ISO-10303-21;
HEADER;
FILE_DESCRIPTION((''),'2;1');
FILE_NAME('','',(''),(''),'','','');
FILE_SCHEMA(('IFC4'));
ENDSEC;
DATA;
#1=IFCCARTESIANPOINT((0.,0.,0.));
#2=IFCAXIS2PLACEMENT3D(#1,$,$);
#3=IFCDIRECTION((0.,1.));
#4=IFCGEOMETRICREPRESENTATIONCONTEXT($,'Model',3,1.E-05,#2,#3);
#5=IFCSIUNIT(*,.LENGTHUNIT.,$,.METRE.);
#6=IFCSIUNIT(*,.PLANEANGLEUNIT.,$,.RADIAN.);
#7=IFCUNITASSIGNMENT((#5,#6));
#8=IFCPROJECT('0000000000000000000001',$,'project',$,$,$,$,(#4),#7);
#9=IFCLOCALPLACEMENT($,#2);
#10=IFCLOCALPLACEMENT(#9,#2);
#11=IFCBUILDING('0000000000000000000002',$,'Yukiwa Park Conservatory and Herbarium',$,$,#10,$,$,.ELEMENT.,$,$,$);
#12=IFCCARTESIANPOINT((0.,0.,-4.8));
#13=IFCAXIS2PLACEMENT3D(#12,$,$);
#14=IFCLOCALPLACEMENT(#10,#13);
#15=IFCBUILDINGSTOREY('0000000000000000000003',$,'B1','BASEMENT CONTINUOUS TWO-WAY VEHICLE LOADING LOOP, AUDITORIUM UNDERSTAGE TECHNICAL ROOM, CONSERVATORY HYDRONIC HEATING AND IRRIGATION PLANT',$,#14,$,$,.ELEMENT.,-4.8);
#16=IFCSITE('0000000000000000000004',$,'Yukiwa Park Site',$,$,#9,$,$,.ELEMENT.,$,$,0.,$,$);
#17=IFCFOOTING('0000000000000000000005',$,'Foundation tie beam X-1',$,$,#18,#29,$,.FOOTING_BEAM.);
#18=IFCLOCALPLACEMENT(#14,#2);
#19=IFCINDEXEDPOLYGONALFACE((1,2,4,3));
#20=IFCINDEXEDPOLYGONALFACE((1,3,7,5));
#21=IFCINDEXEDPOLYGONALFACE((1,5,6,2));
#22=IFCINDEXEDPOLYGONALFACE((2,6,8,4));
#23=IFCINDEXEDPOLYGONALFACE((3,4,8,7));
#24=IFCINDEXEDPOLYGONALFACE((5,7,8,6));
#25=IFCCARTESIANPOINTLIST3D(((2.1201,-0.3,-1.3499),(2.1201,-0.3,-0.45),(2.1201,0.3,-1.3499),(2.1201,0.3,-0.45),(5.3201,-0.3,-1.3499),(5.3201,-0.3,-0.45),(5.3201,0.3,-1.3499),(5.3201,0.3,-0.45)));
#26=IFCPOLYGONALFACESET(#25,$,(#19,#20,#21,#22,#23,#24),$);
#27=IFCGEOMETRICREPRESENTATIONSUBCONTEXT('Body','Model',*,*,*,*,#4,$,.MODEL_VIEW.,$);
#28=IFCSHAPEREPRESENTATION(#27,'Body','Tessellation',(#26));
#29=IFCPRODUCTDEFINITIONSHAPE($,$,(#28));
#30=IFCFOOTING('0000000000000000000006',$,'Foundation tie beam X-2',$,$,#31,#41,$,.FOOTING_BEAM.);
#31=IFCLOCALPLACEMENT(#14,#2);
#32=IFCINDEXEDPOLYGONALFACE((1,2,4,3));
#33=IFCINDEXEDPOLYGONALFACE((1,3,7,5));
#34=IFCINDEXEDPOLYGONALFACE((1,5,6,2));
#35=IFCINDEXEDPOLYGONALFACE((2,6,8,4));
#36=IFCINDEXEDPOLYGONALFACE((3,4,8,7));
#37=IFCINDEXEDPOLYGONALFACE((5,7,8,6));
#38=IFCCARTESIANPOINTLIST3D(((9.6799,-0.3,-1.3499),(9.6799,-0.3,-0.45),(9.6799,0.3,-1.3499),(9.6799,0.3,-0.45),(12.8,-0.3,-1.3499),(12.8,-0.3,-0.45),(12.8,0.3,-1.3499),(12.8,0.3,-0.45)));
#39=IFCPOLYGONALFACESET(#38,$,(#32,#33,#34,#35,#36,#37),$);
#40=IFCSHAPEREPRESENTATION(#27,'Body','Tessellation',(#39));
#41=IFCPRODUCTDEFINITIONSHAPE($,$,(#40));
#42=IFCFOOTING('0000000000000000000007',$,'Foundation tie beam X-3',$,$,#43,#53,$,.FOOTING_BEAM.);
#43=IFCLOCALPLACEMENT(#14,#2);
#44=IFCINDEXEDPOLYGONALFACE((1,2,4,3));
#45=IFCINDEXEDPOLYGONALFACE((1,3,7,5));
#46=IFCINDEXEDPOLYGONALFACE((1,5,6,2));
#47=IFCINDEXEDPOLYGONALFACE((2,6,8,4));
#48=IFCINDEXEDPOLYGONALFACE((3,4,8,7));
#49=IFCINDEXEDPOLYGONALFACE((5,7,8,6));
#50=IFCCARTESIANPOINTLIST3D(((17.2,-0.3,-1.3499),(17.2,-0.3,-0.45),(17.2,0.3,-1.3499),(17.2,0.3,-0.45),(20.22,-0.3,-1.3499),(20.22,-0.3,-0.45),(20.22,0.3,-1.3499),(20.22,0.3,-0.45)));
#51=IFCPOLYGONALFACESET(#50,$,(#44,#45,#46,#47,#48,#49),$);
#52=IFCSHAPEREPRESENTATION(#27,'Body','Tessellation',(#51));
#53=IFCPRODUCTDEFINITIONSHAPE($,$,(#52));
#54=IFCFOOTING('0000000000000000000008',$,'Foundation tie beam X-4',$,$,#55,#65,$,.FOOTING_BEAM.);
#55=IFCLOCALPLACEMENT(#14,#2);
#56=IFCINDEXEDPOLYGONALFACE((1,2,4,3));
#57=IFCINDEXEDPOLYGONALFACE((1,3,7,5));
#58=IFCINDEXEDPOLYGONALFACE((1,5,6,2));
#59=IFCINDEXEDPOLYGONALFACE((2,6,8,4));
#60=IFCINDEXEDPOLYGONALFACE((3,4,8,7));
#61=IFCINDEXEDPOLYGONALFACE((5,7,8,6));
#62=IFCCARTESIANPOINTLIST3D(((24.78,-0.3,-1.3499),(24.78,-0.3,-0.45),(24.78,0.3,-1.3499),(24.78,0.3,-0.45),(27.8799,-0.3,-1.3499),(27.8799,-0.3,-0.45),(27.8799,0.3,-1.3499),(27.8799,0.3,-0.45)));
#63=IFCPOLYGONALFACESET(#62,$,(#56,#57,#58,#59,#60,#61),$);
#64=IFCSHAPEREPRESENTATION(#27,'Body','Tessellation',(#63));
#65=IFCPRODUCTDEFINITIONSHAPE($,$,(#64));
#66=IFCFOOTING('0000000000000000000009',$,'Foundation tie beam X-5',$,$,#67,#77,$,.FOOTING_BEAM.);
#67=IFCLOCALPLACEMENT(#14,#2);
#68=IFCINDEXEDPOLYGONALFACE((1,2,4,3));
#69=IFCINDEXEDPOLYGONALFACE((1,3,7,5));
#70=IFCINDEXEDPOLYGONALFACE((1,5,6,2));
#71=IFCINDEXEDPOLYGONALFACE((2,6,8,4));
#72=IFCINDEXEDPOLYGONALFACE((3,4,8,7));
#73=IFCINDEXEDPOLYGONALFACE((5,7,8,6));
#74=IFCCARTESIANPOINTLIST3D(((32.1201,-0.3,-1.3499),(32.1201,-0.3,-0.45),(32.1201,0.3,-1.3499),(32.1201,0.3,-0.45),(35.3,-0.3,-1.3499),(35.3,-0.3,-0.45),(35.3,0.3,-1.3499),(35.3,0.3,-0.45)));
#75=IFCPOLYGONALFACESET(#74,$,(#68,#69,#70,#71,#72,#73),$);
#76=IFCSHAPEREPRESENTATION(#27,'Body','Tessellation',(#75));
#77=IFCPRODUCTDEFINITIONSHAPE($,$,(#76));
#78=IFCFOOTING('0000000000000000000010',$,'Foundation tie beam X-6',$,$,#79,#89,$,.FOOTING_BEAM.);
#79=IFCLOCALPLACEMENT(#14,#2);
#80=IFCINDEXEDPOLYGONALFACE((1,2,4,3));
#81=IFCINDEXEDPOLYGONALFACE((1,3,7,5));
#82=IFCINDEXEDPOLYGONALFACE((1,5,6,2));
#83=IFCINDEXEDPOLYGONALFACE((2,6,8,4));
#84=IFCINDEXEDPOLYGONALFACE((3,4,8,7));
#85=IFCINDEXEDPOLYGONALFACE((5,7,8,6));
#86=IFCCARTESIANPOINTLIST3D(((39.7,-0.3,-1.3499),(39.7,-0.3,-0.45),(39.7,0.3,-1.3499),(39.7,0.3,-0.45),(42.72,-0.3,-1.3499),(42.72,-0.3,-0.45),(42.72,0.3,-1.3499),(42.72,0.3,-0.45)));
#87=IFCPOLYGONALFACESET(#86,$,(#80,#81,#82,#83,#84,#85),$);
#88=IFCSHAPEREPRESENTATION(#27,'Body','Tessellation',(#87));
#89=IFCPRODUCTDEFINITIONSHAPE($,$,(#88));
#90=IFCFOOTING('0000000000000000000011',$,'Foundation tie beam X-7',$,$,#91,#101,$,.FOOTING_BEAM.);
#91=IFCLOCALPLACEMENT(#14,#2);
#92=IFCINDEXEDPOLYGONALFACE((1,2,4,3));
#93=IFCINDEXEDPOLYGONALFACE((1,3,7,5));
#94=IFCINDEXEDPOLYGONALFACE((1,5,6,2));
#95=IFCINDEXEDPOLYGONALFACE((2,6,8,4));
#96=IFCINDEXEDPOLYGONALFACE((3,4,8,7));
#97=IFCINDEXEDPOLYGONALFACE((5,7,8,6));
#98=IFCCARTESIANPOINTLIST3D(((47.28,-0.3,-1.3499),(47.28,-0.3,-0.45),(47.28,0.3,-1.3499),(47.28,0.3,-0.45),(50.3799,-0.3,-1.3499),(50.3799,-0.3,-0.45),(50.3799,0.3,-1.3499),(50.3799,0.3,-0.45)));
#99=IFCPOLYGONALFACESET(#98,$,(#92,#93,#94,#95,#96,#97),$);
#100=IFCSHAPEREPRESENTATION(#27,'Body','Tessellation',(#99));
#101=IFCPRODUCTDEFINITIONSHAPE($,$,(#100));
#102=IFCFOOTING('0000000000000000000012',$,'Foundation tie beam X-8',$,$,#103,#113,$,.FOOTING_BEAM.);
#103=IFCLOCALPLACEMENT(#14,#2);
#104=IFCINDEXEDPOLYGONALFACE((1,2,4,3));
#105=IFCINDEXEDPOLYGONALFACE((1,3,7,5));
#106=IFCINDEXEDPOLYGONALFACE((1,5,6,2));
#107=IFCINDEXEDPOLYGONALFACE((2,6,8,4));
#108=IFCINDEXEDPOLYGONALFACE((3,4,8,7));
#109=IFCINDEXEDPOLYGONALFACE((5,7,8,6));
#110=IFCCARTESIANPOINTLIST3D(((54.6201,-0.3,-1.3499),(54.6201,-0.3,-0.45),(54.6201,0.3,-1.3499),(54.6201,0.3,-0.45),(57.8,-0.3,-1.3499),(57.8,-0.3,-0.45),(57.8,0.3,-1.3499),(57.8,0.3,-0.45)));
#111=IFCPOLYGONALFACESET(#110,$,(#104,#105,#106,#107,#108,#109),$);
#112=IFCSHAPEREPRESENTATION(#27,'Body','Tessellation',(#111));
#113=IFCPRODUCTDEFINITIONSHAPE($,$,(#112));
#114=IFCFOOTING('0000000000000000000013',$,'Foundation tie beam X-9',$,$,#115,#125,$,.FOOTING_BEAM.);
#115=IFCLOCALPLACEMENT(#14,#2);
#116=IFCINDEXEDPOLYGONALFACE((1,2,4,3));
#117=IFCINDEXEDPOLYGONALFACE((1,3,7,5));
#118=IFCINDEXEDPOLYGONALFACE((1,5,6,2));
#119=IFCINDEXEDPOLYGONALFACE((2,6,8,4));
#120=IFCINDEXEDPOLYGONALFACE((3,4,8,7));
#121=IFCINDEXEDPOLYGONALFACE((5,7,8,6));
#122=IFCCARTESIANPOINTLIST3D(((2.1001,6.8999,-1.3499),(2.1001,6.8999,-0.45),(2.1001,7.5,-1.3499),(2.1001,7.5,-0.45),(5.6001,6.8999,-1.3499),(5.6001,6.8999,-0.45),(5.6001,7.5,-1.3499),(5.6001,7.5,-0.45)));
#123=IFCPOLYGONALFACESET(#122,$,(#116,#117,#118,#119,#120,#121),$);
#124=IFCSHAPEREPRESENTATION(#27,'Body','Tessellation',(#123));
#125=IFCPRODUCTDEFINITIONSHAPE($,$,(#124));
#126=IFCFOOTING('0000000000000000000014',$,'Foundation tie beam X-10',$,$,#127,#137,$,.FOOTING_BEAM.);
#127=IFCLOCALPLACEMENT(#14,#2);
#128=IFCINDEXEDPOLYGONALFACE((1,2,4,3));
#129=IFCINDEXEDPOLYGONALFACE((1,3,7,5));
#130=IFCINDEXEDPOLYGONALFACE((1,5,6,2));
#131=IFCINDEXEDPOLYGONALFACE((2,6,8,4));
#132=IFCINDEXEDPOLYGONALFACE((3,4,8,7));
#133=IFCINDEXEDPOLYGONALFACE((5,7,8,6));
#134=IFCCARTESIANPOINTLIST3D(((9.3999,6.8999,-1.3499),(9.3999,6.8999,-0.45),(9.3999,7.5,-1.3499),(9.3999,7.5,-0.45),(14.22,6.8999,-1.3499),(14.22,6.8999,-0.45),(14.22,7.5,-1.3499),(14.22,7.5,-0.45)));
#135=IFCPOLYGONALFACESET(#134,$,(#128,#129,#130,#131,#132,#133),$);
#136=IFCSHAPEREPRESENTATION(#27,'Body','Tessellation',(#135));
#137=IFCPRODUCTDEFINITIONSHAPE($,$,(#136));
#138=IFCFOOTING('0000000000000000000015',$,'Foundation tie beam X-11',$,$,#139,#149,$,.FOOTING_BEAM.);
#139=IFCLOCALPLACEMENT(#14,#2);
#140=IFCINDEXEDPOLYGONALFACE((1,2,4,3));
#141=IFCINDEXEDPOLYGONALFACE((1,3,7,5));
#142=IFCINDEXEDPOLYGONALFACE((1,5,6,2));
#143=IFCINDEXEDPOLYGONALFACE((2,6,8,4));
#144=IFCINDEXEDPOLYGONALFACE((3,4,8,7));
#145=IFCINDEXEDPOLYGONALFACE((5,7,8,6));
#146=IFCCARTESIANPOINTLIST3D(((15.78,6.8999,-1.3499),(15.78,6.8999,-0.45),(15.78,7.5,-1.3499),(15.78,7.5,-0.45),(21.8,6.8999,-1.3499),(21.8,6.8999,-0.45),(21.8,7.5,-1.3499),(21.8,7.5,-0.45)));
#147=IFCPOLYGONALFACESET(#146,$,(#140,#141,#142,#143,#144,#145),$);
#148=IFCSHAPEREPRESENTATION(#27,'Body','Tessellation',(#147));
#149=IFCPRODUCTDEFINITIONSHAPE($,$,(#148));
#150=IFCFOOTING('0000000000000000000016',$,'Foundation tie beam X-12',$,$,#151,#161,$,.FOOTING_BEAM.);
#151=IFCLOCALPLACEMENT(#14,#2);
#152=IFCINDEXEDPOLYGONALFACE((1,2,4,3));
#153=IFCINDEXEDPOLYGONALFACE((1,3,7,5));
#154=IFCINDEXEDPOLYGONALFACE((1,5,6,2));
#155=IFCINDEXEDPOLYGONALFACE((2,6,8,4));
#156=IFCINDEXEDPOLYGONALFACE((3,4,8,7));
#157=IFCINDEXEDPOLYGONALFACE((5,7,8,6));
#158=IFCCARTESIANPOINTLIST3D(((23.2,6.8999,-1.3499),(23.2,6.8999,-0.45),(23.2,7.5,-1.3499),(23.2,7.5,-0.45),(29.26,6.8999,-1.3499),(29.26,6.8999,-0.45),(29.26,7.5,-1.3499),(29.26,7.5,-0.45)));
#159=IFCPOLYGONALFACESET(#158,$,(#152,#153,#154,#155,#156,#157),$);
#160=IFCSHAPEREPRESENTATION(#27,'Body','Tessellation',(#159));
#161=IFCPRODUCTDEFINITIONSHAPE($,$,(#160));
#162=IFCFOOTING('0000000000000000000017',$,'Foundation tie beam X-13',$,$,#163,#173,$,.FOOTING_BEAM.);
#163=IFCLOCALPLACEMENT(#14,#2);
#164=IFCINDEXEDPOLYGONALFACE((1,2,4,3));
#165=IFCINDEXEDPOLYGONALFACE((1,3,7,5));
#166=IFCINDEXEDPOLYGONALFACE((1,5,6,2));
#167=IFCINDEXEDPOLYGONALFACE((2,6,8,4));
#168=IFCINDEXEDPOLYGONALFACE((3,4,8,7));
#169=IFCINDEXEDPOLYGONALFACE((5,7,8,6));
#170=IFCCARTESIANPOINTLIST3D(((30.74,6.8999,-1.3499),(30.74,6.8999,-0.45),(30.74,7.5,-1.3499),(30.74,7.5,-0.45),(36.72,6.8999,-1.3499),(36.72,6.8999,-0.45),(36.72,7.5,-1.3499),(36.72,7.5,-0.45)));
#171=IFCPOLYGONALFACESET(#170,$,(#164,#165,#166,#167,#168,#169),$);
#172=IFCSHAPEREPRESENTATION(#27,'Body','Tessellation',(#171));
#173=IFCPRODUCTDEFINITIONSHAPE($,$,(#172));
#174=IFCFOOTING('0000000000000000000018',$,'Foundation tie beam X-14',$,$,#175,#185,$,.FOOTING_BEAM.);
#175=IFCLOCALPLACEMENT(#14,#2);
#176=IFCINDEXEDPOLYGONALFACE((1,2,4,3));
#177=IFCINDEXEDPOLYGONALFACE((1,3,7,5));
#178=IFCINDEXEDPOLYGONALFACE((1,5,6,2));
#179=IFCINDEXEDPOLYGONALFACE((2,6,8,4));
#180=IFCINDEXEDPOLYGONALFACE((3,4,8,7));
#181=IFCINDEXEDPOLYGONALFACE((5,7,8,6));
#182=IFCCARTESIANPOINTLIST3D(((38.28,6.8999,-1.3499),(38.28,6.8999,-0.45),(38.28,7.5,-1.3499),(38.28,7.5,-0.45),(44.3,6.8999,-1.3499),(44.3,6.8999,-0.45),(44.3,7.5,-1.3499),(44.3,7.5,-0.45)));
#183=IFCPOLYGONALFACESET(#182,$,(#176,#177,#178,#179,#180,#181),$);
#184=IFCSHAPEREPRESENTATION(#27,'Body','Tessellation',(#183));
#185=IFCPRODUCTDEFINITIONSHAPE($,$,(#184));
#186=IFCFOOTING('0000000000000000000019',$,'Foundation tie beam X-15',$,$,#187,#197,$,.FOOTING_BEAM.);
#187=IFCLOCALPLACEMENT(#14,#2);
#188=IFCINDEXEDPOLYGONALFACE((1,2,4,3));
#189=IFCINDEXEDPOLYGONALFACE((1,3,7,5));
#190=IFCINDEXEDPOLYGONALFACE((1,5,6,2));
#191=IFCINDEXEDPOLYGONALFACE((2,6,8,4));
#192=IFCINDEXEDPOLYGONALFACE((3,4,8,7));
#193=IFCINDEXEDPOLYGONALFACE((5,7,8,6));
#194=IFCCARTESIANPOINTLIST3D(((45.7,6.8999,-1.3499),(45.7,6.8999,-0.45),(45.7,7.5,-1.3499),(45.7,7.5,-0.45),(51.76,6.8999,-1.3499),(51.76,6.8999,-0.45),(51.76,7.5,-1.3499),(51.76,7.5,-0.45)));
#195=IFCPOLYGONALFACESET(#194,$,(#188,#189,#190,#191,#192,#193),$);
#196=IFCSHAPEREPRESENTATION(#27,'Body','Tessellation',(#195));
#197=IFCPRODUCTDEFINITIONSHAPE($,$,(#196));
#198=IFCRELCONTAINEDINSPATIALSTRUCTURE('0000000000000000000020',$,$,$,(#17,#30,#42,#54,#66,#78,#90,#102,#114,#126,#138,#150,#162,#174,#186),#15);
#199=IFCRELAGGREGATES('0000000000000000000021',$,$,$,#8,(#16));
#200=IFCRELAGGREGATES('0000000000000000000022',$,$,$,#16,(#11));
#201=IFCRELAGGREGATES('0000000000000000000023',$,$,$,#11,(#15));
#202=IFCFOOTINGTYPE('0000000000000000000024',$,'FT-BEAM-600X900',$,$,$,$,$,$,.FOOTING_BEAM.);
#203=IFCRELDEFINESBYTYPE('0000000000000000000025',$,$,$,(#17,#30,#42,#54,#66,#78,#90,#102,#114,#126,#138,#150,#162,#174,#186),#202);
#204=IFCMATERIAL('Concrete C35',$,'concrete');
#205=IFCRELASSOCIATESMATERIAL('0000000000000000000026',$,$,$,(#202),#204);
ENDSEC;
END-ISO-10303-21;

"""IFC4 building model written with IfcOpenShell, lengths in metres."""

from ifc_helpers import new_model, si_unit, direction, frame, origin, place, context, subcontext, project, spatial, polyline, outline, extrude, material, type_object, element, save


model = new_model("IFC4")

# Units and contexts
model_context = context("Model", 3, precision=1e-05, world=origin(), true_north=direction((0.0, 1.0)))
body_context = subcontext(model_context, "Body", "Model", "MODEL_VIEW")
ifc_project = project(units=[si_unit("LENGTHUNIT", "METRE"), si_unit("PLANEANGLEUNIT", "RADIAN")], contexts=[model_context])

# Site, building, storey
site_placement = place(None, origin())
site = spatial("IfcSite", under=ifc_project, at=site_placement, Name="Yukiwa Park Site", CompositionType="ELEMENT", RefElevation=0.0)
building_placement = place(site_placement, origin())
building = spatial("IfcBuilding", under=site, at=building_placement, Name="Yukiwa Park Conservatory and Herbarium", CompositionType="ELEMENT")
storey_placement = place(building_placement, frame((0.0, 0.0, -4.8)))
storey = spatial("IfcBuildingStorey", under=building, at=storey_placement, Name="B1", Description="BASEMENT CONTINUOUS TWO-WAY VEHICLE LOADING LOOP, AUDITORIUM UNDERSTAGE TECHNICAL ROOM, CONSERVATORY HYDRONIC HEATING AND IRRIGATION PLANT", CompositionType="ELEMENT", Elevation=-4.8)

# Footings
ifc_material_1 = material(Name="Concrete C35", Category="concrete")
footing_type_1 = type_object("IfcFootingType", Name="FT-BEAM-600X900", PredefinedType="FOOTING_BEAM", material=ifc_material_1)
footing_1_placement = place(storey_placement, frame((0.0, 0.0, -1.3499)))
element("IfcFooting", 1, at=footing_1_placement, inside=storey, type_object=footing_type_1, Name="Foundation tie beam X-1", PredefinedType="FOOTING_BEAM", context=body_context, shape_type="SweptSolid", body=[
    extrude(outline(polyline([(2.1201, -0.3), (5.3201, -0.3), (5.3201, 0.3), (2.1201, 0.3), (2.1201, -0.3)])), origin(), (0.0, 0.0, 1.0), 0.8999),
])
footing_2_placement = place(storey_placement, frame((0.0, 0.0, -1.3499)))
element("IfcFooting", 2, at=footing_2_placement, inside=storey, type_object=footing_type_1, Name="Foundation tie beam X-2", PredefinedType="FOOTING_BEAM", context=body_context, shape_type="SweptSolid", body=[
    extrude(outline(polyline([(9.6799, -0.3), (12.8, -0.3), (12.8, 0.3), (9.6799, 0.3), (9.6799, -0.3)])), origin(), (0.0, 0.0, 1.0), 0.8999),
])
footing_3_placement = place(storey_placement, frame((0.0, 0.0, -1.3499)))
element("IfcFooting", 3, at=footing_3_placement, inside=storey, type_object=footing_type_1, Name="Foundation tie beam X-3", PredefinedType="FOOTING_BEAM", context=body_context, shape_type="SweptSolid", body=[
    extrude(outline(polyline([(17.2, -0.3), (20.22, -0.3), (20.22, 0.3), (17.2, 0.3), (17.2, -0.3)])), origin(), (0.0, 0.0, 1.0), 0.8999),
])
footing_4_placement = place(storey_placement, frame((0.0, 0.0, -1.3499)))
element("IfcFooting", 4, at=footing_4_placement, inside=storey, type_object=footing_type_1, Name="Foundation tie beam X-4", PredefinedType="FOOTING_BEAM", context=body_context, shape_type="SweptSolid", body=[
    extrude(outline(polyline([(24.78, -0.3), (27.8799, -0.3), (27.8799, 0.3), (24.78, 0.3), (24.78, -0.3)])), origin(), (0.0, 0.0, 1.0), 0.8999),
])
footing_5_placement = place(storey_placement, frame((0.0, 0.0, -1.3499)))
element("IfcFooting", 5, at=footing_5_placement, inside=storey, type_object=footing_type_1, Name="Foundation tie beam X-5", PredefinedType="FOOTING_BEAM", context=body_context, shape_type="SweptSolid", body=[
    extrude(outline(polyline([(32.1201, -0.3), (35.3, -0.3), (35.3, 0.3), (32.1201, 0.3), (32.1201, -0.3)])), origin(), (0.0, 0.0, 1.0), 0.8999),
])
footing_6_placement = place(storey_placement, frame((0.0, 0.0, -1.3499)))
element("IfcFooting", 6, at=footing_6_placement, inside=storey, type_object=footing_type_1, Name="Foundation tie beam X-6", PredefinedType="FOOTING_BEAM", context=body_context, shape_type="SweptSolid", body=[
    extrude(outline(polyline([(39.7, -0.3), (42.72, -0.3), (42.72, 0.3), (39.7, 0.3), (39.7, -0.3)])), origin(), (0.0, 0.0, 1.0), 0.8999),
])
footing_7_placement = place(storey_placement, frame((0.0, 0.0, -1.3499)))
element("IfcFooting", 7, at=footing_7_placement, inside=storey, type_object=footing_type_1, Name="Foundation tie beam X-7", PredefinedType="FOOTING_BEAM", context=body_context, shape_type="SweptSolid", body=[
    extrude(outline(polyline([(47.28, -0.3), (50.3799, -0.3), (50.3799, 0.3), (47.28, 0.3), (47.28, -0.3)])), origin(), (0.0, 0.0, 1.0), 0.8999),
])
footing_8_placement = place(storey_placement, frame((0.0, 0.0, -1.3499)))
element("IfcFooting", 8, at=footing_8_placement, inside=storey, type_object=footing_type_1, Name="Foundation tie beam X-8", PredefinedType="FOOTING_BEAM", context=body_context, shape_type="SweptSolid", body=[
    extrude(outline(polyline([(54.6201, -0.3), (57.8, -0.3), (57.8, 0.3), (54.6201, 0.3), (54.6201, -0.3)])), origin(), (0.0, 0.0, 1.0), 0.8999),
])
footing_9_placement = place(storey_placement, frame((0.0, 0.0, -1.3499)))
element("IfcFooting", 9, at=footing_9_placement, inside=storey, type_object=footing_type_1, Name="Foundation tie beam X-9", PredefinedType="FOOTING_BEAM", context=body_context, shape_type="SweptSolid", body=[
    extrude(outline(polyline([(2.1001, 6.8999), (5.6001, 6.8999), (5.6001, 7.5), (2.1001, 7.5), (2.1001, 6.8999)])), origin(), (0.0, 0.0, 1.0), 0.8999),
])
footing_10_placement = place(storey_placement, frame((0.0, 0.0, -1.3499)))
element("IfcFooting", 10, at=footing_10_placement, inside=storey, type_object=footing_type_1, Name="Foundation tie beam X-10", PredefinedType="FOOTING_BEAM", context=body_context, shape_type="SweptSolid", body=[
    extrude(outline(polyline([(9.3999, 6.8999), (14.22, 6.8999), (14.22, 7.5), (9.3999, 7.5), (9.3999, 6.8999)])), origin(), (0.0, 0.0, 1.0), 0.8999),
])
footing_11_placement = place(storey_placement, frame((0.0, 0.0, -1.3499)))
element("IfcFooting", 11, at=footing_11_placement, inside=storey, type_object=footing_type_1, Name="Foundation tie beam X-11", PredefinedType="FOOTING_BEAM", context=body_context, shape_type="SweptSolid", body=[
    extrude(outline(polyline([(15.78, 6.8999), (21.8, 6.8999), (21.8, 7.5), (15.78, 7.5), (15.78, 6.8999)])), origin(), (0.0, 0.0, 1.0), 0.8999),
])
footing_12_placement = place(storey_placement, frame((0.0, 0.0, -1.3499)))
element("IfcFooting", 12, at=footing_12_placement, inside=storey, type_object=footing_type_1, Name="Foundation tie beam X-12", PredefinedType="FOOTING_BEAM", context=body_context, shape_type="SweptSolid", body=[
    extrude(outline(polyline([(23.2, 6.8999), (29.26, 6.8999), (29.26, 7.5), (23.2, 7.5), (23.2, 6.8999)])), origin(), (0.0, 0.0, 1.0), 0.8999),
])
footing_13_placement = place(storey_placement, frame((0.0, 0.0, -1.3499)))
element("IfcFooting", 13, at=footing_13_placement, inside=storey, type_object=footing_type_1, Name="Foundation tie beam X-13", PredefinedType="FOOTING_BEAM", context=body_context, shape_type="SweptSolid", body=[
    extrude(outline(polyline([(30.74, 6.8999), (36.72, 6.8999), (36.72, 7.5), (30.74, 7.5), (30.74, 6.8999)])), origin(), (0.0, 0.0, 1.0), 0.8999),
])
footing_14_placement = place(storey_placement, frame((0.0, 0.0, -1.3499)))
element("IfcFooting", 14, at=footing_14_placement, inside=storey, type_object=footing_type_1, Name="Foundation tie beam X-14", PredefinedType="FOOTING_BEAM", context=body_context, shape_type="SweptSolid", body=[
    extrude(outline(polyline([(38.28, 6.8999), (44.3, 6.8999), (44.3, 7.5), (38.28, 7.5), (38.28, 6.8999)])), origin(), (0.0, 0.0, 1.0), 0.8999),
])
footing_15_placement = place(storey_placement, frame((0.0, 0.0, -1.3499)))
element("IfcFooting", 15, at=footing_15_placement, inside=storey, type_object=footing_type_1, Name="Foundation tie beam X-15", PredefinedType="FOOTING_BEAM", context=body_context, shape_type="SweptSolid", body=[
    extrude(outline(polyline([(45.7, 6.8999), (51.76, 6.8999), (51.76, 7.5), (45.7, 7.5), (45.7, 6.8999)])), origin(), (0.0, 0.0, 1.0), 0.8999),
])

save(model, "model.ifc")
